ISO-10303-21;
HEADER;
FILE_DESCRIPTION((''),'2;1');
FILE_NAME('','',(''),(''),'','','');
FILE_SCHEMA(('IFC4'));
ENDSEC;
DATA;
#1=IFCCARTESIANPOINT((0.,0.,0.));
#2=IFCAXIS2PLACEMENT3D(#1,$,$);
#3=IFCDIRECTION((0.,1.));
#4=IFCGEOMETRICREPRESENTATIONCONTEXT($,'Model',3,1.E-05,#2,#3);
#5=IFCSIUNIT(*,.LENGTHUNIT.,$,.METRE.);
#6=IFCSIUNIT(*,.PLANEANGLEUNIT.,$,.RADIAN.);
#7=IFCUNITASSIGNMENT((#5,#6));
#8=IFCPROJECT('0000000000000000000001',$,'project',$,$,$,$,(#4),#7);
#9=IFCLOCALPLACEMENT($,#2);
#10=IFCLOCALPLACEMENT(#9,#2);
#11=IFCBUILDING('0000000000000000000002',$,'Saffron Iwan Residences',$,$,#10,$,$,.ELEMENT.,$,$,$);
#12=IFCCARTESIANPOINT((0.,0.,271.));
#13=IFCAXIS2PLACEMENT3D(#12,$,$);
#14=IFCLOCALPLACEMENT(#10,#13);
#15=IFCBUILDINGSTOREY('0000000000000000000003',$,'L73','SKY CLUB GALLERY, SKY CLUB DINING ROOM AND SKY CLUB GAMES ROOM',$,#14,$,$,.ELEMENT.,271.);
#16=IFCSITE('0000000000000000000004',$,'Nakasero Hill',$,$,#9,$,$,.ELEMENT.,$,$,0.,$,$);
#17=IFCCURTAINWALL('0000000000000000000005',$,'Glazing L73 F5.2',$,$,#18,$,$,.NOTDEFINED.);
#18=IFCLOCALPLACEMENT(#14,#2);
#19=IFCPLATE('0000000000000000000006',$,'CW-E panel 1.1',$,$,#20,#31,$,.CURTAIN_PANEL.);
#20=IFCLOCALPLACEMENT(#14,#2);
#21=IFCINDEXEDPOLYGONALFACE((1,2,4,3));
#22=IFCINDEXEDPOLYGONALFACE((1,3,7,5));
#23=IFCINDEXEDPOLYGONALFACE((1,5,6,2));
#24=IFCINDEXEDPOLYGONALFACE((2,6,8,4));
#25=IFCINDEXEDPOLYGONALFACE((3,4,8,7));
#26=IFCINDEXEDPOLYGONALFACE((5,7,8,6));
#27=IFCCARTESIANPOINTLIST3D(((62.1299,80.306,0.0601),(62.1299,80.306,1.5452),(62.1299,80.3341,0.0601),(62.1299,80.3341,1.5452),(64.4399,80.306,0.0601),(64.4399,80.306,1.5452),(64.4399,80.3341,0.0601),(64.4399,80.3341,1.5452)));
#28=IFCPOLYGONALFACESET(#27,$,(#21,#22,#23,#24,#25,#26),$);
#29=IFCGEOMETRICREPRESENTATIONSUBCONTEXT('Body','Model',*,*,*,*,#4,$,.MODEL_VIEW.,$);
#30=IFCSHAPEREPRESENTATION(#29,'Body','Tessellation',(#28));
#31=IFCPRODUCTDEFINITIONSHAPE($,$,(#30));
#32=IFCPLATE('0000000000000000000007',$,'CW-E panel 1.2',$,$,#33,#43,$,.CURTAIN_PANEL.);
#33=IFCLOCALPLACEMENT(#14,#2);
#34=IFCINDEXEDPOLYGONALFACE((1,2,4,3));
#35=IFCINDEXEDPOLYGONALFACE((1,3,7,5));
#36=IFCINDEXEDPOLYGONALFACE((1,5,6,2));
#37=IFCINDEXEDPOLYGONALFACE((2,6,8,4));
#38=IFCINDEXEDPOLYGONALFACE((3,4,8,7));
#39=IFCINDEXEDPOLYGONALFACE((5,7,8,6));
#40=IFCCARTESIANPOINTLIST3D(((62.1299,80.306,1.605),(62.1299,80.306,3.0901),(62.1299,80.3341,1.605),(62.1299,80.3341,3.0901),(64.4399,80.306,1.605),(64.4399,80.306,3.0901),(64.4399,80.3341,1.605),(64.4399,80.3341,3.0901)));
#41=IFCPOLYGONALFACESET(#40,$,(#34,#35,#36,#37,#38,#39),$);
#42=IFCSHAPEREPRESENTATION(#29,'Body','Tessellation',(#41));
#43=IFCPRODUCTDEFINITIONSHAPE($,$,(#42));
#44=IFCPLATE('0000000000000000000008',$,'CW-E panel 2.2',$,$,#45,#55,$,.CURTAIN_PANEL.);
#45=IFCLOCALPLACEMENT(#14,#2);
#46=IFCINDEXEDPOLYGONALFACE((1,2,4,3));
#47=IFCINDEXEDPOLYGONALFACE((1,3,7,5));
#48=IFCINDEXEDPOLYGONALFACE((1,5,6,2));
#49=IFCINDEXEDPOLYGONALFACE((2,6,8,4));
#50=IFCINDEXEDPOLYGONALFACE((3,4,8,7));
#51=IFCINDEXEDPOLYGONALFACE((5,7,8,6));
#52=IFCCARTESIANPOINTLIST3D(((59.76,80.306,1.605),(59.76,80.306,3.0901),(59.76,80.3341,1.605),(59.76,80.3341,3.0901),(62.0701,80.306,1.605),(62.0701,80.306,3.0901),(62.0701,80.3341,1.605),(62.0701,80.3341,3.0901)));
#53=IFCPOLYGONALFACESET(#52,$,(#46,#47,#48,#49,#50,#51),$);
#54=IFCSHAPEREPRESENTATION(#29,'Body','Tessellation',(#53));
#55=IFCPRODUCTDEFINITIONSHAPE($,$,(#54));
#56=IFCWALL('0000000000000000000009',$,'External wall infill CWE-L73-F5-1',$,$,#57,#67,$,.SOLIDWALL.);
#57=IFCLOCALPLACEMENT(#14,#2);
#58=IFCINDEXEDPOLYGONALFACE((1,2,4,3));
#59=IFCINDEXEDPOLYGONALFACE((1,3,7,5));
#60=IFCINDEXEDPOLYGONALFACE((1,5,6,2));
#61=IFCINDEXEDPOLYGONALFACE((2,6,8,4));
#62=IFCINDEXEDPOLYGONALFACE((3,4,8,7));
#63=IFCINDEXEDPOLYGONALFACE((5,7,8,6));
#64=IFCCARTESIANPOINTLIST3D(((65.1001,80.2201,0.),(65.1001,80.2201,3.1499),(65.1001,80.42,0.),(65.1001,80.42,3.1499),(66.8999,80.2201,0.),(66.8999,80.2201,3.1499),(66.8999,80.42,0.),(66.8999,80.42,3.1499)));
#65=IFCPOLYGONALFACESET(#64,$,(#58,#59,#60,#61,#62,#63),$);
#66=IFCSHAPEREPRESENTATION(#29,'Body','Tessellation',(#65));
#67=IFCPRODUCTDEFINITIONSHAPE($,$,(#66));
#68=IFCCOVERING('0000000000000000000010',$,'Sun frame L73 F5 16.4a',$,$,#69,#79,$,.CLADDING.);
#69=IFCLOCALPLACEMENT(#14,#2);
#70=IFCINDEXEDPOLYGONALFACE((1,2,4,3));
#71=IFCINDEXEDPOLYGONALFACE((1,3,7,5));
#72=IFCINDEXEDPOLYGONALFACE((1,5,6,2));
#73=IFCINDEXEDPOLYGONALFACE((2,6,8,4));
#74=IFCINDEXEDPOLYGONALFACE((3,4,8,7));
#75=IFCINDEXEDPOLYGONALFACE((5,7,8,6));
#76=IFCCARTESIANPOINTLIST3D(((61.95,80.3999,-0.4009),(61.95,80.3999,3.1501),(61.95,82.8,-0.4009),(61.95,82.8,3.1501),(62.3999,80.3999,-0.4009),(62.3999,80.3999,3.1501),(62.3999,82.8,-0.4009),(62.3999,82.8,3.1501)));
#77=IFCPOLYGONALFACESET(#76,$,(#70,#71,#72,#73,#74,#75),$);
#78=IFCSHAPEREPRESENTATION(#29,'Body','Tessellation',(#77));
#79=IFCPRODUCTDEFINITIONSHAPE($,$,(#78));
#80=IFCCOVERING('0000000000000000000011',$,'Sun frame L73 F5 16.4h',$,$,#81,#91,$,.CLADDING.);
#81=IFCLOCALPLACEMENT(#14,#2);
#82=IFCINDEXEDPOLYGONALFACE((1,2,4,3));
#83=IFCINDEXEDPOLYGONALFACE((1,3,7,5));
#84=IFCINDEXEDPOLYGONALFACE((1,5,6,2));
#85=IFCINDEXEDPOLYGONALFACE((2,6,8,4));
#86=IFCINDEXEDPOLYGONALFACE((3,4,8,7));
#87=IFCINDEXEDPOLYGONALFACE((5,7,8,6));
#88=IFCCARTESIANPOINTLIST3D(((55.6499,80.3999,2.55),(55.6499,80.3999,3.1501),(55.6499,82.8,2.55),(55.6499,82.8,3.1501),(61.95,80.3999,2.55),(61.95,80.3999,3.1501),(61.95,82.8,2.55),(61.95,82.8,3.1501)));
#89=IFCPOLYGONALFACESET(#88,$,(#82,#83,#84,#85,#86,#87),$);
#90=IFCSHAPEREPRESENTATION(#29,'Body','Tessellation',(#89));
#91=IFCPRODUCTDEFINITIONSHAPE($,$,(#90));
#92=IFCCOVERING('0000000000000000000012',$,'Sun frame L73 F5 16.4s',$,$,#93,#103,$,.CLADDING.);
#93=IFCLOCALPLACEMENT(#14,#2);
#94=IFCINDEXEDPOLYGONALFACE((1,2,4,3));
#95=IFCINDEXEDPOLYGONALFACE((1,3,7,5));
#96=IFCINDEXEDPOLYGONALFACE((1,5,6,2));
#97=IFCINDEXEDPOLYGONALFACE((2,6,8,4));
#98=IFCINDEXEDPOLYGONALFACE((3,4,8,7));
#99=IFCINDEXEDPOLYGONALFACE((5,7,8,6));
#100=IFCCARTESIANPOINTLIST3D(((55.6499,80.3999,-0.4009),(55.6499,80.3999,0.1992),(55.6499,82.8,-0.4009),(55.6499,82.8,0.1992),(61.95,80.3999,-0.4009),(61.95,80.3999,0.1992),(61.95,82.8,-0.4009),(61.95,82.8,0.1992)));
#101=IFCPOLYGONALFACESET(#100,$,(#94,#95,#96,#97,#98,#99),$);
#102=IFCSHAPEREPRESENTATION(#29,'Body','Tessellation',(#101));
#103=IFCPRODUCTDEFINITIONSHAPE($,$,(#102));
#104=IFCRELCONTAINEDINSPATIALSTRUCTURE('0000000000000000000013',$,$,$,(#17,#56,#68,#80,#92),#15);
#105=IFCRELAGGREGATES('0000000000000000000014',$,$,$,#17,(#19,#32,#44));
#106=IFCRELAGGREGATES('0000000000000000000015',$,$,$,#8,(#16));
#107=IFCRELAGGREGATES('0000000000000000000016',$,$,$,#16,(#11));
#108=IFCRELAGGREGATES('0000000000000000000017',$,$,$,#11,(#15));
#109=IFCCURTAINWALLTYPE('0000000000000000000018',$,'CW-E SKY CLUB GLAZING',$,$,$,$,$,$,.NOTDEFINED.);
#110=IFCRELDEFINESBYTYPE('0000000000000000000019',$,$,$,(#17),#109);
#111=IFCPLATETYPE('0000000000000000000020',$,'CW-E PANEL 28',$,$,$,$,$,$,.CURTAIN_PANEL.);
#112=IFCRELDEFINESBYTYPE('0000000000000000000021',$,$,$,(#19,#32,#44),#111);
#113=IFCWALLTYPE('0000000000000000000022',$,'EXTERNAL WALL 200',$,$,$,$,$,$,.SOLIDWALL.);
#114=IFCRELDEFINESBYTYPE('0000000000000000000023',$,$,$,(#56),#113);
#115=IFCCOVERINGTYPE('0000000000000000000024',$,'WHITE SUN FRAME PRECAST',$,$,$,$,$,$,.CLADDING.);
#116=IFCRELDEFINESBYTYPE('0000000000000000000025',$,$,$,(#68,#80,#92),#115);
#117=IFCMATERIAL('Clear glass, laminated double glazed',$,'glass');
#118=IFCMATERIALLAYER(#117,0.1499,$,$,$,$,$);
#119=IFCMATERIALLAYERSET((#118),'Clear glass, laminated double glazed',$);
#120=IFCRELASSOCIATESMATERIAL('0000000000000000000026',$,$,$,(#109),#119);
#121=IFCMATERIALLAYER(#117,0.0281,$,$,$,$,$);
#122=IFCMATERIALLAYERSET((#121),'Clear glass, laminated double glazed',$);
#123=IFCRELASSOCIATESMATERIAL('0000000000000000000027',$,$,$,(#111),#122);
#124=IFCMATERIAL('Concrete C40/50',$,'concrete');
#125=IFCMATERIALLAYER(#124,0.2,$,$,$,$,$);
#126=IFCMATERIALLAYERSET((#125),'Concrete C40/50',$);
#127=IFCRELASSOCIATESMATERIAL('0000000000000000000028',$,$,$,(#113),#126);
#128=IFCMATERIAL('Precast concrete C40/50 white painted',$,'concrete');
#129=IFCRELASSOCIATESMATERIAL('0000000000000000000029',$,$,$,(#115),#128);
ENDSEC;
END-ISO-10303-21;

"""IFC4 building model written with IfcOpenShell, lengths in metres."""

from ifc_helpers import new_model, si_unit, direction, frame, frame_2d, origin, origin_2d, place, context, subcontext, project, spatial, polyline, rectangle, outline, extrude, source, transform, mapped, material, layer, layer_set, type_object, element, aggregate, save


model = new_model("IFC4")

# Units and contexts
model_context = context("Model", 3, precision=1e-05, world=origin(), true_north=direction((0.0, 1.0)))
body_context = subcontext(model_context, "Body", "Model", "MODEL_VIEW")
ifc_project = project(units=[si_unit("LENGTHUNIT", "METRE"), si_unit("PLANEANGLEUNIT", "RADIAN")], contexts=[model_context])

# Site, building, storey
site_placement = place(None, origin())
site = spatial("IfcSite", under=ifc_project, at=site_placement, Name="Nakasero Hill", CompositionType="ELEMENT", RefElevation=0.0)
building_placement = place(site_placement, origin())
building = spatial("IfcBuilding", under=site, at=building_placement, Name="Saffron Iwan Residences", CompositionType="ELEMENT")
storey_placement = place(building_placement, frame((0.0, 0.0, 271.0)))
storey = spatial("IfcBuildingStorey", under=building, at=storey_placement, Name="L73", Description="SKY CLUB GALLERY, SKY CLUB DINING ROOM AND SKY CLUB GAMES ROOM", CompositionType="ELEMENT", Elevation=271.0)

# Shared definitions
ifc_material_1 = material(Name="Clear glass, laminated double glazed", Category="glass")
ifc_layer_1 = layer(ifc_material_1, 0.1499)
ifc_layer_set_1 = layer_set([ifc_layer_1], Name="Clear glass, laminated double glazed")
curtain_wall_type = type_object("IfcCurtainWallType", Name="CW-E SKY CLUB GLAZING", PredefinedType="NOTDEFINED", material=ifc_layer_set_1)

# Curtain wall
curtain_wall_1_placement = place(storey_placement, origin())
curtain_wall_1 = element("IfcCurtainWall", 1, at=curtain_wall_1_placement, inside=storey, type_object=curtain_wall_type, Name="Glazing L73 F5.2", PredefinedType="NOTDEFINED")

# Plates
ifc_layer_2 = layer(ifc_material_1, 0.0281)
ifc_layer_set_2 = layer_set([ifc_layer_2], Name="Clear glass, laminated double glazed")
plate_type = type_object("IfcPlateType", Name="CW-E PANEL 28", PredefinedType="CURTAIN_PANEL", material=ifc_layer_set_2)
shared_shape_1 = source(origin(), body_context, "Body", "SweptSolid", [
    extrude(rectangle(XDim=2.3101, YDim=0.0281, at=origin_2d()), origin(), (0.0, 0.0, 1.0), 1.4851),
])
plate_1_placement = place(storey_placement, frame((63.2849, 80.3201, 0.0601), z_axis=(0.0, 0.0, 1.0), x_axis=(-1.0, 0.0, 0.0)))
plate_1 = element("IfcPlate", 2, at=plate_1_placement, type_object=plate_type, Name="CW-E panel 1.1", PredefinedType="CURTAIN_PANEL", context=body_context, shape_type="MappedRepresentation", body=[
    mapped(shared_shape_1, transform((0.0, 0.0, 0.0))),
])
plate_2_placement = place(storey_placement, frame((63.2849, 80.3201, 1.605), z_axis=(0.0, 0.0, 1.0), x_axis=(-1.0, 0.0, 0.0)))
plate_2 = element("IfcPlate", 3, at=plate_2_placement, type_object=plate_type, Name="CW-E panel 1.2", PredefinedType="CURTAIN_PANEL", context=body_context, shape_type="MappedRepresentation", body=[
    mapped(shared_shape_1, transform((0.0, 0.0, 0.0))),
])
plate_3_placement = place(storey_placement, frame((60.915, 80.3201, 1.605), z_axis=(0.0, 0.0, 1.0), x_axis=(-1.0, 0.0, 0.0)))
plate_3 = element("IfcPlate", 4, at=plate_3_placement, type_object=plate_type, Name="CW-E panel 2.2", PredefinedType="CURTAIN_PANEL", context=body_context, shape_type="MappedRepresentation", body=[
    mapped(shared_shape_1, transform((0.0, 0.0, 0.0))),
])
aggregate(curtain_wall_1, [plate_1, plate_2, plate_3])

# Wall
ifc_material_2 = material(Name="Concrete C40/50", Category="concrete")
ifc_layer_3 = layer(ifc_material_2, 0.2)
ifc_layer_set_3 = layer_set([ifc_layer_3], Name="Concrete C40/50")
wall_type = type_object("IfcWallType", Name="EXTERNAL WALL 200", PredefinedType="SOLIDWALL", material=ifc_layer_set_3)
wall_placement = place(storey_placement, frame((66.8999, 80.3201, 0.0), z_axis=(0.0, 0.0, 1.0), x_axis=(-1.0, 0.0, 0.0)))
element("IfcWall", 5, at=wall_placement, inside=storey, type_object=wall_type, Name="External wall infill CWE-L73-F5-1", PredefinedType="SOLIDWALL", context=body_context, shape_type="SweptSolid", body=[
    extrude(rectangle(XDim=1.7998, YDim=0.2, at=frame_2d((0.8999, 0.0))), origin(), (0.0, 0.0, 1.0), 3.1499),
])

# Coverings
ifc_material_3 = material(Name="Precast concrete C40/50 white painted", Category="concrete")
covering_type = type_object("IfcCoveringType", Name="WHITE SUN FRAME PRECAST", PredefinedType="CLADDING", material=ifc_material_3)
covering_placement = place(storey_placement, frame((62.3999, 80.3999, -0.4009), z_axis=(0.0, 1.0, 0.0), x_axis=(-1.0, 0.0, 0.0)))
element("IfcCovering", 6, at=covering_placement, inside=storey, type_object=covering_type, Name="Sun frame L73 F5 16.4a", PredefinedType="CLADDING", context=body_context, shape_type="SweptSolid", body=[
    extrude(outline(polyline([(0.0, 0.0), (0.45, 0.0), (0.45, 3.551), (0.0, 3.551), (0.0, 0.0)])), origin(), (0.0, 0.0, 1.0), 2.4001),
])
for number, where, z_axis, x_axis, name in (
    (7, (61.95, 80.3999, 2.55), (0.0, 1.0, 0.0), (-1.0, 0.0, 0.0), "Sun frame L73 F5 16.4h"),
    (8, (61.95, 80.3999, -0.4009), (0.0, 1.0, 0.0), (-1.0, 0.0, 0.0), "Sun frame L73 F5 16.4s"),
):
    element("IfcCovering", number, at=place(storey_placement, frame(where, z_axis=z_axis, x_axis=x_axis)), inside=storey, type_object=covering_type, Name=name, PredefinedType="CLADDING", context=body_context, shape_type="SweptSolid", body=[
        extrude(outline(polyline([(0.0, 0.0), (6.3, 0.0), (6.3, 0.6001), (0.0, 0.6001), (0.0, 0.0)])), origin(), (0.0, 0.0, 1.0), 2.4001),
    ])

save(model, "model.ifc")
